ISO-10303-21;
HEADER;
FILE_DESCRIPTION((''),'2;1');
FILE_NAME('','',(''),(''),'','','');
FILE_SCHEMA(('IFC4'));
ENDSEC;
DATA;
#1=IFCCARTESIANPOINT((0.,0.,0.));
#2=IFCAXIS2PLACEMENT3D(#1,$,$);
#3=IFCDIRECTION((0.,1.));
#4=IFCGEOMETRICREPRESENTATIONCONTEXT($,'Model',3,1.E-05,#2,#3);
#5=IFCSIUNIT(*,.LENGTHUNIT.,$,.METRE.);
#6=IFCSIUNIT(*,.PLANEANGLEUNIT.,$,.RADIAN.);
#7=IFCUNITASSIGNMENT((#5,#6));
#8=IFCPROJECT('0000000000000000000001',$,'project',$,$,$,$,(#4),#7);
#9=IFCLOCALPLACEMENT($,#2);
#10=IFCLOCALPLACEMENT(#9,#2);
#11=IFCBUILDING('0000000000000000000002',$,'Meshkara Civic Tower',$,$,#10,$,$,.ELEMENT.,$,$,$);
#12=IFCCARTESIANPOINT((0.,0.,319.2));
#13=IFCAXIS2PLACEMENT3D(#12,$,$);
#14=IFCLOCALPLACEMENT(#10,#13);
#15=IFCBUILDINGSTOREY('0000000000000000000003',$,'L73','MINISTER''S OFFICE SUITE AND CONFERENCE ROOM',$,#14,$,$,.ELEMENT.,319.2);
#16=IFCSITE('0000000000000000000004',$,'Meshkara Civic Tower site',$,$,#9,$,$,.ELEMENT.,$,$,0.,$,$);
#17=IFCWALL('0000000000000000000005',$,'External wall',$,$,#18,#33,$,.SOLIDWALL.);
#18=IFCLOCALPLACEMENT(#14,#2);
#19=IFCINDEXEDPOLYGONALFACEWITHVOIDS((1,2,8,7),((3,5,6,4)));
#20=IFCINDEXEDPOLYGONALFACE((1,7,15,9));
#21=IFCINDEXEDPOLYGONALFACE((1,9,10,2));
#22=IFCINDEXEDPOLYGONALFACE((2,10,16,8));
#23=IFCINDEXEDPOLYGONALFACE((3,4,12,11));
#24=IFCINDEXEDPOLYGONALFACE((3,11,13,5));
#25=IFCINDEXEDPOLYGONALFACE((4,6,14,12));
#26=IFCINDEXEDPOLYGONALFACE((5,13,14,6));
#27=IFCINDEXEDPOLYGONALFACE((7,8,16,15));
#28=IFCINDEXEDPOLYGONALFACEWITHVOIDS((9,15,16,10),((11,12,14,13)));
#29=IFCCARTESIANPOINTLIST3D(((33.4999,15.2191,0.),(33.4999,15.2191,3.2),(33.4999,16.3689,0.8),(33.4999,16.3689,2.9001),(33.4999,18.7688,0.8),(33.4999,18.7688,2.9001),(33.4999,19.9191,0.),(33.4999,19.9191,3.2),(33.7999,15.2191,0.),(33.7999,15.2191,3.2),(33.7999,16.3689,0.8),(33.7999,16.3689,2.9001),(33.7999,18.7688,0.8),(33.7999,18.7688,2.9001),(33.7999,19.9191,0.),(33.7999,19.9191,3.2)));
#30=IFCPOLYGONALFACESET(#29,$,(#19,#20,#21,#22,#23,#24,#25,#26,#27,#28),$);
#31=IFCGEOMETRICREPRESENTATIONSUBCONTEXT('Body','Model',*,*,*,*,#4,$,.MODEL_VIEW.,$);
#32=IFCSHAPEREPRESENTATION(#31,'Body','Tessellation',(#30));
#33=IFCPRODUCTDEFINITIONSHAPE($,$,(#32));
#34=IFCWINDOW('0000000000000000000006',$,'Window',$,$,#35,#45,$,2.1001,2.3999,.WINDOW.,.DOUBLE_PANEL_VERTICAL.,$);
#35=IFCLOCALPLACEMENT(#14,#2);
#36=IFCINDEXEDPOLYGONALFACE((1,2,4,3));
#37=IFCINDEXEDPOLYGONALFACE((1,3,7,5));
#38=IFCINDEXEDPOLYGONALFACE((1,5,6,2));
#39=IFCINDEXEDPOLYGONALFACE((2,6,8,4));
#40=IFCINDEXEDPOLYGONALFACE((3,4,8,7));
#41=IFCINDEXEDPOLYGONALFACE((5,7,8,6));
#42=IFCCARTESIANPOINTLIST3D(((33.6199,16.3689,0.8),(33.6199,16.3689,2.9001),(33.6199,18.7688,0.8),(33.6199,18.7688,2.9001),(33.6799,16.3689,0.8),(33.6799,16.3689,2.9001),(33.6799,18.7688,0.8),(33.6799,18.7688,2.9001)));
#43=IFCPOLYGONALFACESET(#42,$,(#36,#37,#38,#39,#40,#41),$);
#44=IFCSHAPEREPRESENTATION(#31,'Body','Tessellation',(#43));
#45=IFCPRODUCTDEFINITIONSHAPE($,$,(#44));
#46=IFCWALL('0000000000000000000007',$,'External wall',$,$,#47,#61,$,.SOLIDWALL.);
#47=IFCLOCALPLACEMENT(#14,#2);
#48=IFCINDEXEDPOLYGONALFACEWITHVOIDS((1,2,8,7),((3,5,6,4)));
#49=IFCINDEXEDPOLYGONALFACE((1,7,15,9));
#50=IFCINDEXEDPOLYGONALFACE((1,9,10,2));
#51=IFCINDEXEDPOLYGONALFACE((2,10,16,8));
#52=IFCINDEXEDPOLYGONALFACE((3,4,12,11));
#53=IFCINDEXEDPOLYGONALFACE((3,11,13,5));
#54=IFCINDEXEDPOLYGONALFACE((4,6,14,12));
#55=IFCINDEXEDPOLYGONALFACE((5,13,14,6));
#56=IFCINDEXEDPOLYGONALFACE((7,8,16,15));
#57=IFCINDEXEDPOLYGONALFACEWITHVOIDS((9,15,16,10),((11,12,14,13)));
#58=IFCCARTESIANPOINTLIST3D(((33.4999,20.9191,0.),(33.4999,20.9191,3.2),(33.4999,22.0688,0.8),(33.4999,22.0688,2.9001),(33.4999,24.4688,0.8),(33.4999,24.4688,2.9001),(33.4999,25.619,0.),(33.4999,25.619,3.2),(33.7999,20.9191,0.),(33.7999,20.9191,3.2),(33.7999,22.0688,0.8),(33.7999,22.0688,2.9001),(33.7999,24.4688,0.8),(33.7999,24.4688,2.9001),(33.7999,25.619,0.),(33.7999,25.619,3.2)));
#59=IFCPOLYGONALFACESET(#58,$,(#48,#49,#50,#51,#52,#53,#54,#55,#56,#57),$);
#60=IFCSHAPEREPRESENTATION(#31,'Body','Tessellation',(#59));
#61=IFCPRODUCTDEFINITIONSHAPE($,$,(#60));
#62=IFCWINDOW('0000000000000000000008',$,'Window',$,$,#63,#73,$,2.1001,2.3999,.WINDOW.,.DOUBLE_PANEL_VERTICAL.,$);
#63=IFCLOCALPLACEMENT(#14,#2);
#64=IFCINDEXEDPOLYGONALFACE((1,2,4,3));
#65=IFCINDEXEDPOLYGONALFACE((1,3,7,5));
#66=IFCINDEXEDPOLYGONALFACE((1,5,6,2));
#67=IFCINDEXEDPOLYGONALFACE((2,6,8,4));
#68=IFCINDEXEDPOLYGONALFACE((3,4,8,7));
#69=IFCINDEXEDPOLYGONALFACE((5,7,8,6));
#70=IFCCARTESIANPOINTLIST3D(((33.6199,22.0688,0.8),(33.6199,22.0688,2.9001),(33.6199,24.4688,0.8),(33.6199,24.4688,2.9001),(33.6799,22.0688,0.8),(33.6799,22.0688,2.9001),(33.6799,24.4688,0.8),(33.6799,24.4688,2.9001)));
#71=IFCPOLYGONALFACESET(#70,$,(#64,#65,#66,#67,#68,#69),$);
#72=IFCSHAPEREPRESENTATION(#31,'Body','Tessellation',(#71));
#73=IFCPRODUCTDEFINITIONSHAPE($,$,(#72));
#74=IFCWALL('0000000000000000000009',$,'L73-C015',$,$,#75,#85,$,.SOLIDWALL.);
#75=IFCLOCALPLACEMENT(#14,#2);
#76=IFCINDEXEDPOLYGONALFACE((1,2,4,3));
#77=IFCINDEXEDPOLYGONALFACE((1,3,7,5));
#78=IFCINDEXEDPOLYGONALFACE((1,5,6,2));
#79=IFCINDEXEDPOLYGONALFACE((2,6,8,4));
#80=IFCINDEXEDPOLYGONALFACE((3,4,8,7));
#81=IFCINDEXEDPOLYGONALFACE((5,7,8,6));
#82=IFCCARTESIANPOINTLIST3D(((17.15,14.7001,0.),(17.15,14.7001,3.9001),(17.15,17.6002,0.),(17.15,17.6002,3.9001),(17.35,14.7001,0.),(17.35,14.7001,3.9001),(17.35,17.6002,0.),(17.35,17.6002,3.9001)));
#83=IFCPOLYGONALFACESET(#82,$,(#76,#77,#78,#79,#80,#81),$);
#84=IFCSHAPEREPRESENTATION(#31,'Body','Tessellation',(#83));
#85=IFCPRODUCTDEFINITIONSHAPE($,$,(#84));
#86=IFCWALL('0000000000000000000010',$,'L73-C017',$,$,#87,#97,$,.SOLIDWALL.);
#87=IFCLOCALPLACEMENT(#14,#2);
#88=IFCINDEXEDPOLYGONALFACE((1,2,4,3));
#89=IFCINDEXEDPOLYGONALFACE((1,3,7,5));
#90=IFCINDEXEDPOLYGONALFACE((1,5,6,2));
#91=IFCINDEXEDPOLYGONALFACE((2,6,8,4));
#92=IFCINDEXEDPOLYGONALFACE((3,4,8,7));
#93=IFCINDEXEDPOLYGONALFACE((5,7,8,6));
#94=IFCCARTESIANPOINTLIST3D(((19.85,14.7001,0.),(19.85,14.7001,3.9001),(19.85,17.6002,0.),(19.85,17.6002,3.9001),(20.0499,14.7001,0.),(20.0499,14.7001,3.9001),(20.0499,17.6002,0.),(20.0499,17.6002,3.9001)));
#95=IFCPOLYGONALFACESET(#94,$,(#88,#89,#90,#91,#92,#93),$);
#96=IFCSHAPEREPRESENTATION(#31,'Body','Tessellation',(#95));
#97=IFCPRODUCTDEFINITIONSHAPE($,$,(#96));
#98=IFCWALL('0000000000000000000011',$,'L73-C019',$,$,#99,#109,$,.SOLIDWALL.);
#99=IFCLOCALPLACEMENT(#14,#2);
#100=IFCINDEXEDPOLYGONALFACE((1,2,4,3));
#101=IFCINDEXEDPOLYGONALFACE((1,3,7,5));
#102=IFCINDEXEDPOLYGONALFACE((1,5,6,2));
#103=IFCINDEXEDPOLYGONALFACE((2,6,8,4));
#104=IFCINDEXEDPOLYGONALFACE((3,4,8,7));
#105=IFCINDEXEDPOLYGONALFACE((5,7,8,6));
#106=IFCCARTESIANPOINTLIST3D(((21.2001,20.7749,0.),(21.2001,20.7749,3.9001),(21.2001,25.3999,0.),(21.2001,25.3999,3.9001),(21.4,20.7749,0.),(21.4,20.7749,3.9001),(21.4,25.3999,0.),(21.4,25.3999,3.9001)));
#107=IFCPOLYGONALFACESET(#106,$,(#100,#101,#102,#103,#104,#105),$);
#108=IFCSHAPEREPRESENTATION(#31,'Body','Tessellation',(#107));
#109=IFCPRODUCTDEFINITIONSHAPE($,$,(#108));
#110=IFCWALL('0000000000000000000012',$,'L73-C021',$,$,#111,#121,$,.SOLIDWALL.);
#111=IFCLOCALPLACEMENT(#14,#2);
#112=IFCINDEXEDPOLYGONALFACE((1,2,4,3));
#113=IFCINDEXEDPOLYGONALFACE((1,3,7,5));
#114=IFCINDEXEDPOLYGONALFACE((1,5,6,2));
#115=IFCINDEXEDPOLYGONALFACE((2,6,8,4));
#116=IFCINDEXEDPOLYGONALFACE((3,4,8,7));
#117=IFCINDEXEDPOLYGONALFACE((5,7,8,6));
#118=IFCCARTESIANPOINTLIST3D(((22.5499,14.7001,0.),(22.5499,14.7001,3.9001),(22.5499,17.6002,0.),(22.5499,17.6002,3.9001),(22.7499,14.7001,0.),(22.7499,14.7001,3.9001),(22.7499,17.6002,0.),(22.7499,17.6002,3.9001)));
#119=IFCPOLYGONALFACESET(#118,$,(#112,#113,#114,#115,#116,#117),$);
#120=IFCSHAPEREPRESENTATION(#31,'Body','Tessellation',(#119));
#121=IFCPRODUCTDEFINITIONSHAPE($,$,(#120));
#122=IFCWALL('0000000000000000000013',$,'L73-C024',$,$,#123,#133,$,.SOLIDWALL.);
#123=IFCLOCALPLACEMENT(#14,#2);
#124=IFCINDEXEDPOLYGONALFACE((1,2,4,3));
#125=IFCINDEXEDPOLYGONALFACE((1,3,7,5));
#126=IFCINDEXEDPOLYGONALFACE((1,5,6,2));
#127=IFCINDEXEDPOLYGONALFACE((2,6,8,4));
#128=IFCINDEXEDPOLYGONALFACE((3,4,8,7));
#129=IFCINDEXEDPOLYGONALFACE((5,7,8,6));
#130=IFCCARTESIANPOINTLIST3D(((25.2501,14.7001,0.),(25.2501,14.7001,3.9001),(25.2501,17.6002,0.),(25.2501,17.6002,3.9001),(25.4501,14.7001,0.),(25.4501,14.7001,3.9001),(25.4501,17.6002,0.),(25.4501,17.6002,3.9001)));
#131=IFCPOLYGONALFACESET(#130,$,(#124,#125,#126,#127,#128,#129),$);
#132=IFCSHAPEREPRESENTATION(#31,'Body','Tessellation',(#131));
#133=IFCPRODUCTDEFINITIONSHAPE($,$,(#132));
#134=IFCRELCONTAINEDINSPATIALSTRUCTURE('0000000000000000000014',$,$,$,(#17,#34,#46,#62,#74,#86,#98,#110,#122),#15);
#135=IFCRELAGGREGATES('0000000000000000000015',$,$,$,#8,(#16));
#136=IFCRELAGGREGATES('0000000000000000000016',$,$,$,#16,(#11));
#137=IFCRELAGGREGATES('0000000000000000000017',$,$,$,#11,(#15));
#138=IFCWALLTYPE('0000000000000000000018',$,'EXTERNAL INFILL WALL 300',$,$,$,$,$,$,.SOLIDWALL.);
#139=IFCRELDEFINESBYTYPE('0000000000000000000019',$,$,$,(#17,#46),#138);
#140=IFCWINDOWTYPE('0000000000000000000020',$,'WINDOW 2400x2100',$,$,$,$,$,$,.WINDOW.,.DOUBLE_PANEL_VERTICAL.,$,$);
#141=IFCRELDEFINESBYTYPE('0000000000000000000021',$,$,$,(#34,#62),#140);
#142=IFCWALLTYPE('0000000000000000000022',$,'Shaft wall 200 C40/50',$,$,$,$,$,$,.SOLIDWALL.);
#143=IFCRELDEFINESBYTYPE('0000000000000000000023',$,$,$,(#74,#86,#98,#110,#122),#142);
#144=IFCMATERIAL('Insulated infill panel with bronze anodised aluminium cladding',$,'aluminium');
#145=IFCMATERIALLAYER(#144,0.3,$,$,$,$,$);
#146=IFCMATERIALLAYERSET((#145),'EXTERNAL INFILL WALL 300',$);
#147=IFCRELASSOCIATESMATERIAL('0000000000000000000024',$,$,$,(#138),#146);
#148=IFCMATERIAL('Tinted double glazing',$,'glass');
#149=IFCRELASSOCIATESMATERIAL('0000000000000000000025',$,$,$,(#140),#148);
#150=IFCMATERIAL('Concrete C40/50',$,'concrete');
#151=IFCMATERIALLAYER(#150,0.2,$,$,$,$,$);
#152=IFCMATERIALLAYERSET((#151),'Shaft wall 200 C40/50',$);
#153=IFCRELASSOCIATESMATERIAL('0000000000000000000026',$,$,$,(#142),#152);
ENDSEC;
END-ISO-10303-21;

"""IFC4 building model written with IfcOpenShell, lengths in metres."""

from ifc_helpers import new_model, si_unit, direction, frame, frame_2d, origin, place, context, subcontext, project, spatial, rectangle, extrude, material, layer, layer_set, type_object, element, fill, save


model = new_model("IFC4")

# Units and contexts
model_context = context("Model", 3, precision=1e-05, world=origin(), true_north=direction((0.0, 1.0)))
body_context = subcontext(model_context, "Body", "Model", "MODEL_VIEW")
ifc_project = project(units=[si_unit("LENGTHUNIT", "METRE"), si_unit("PLANEANGLEUNIT", "RADIAN")], contexts=[model_context])

# Site, building, storey
site_placement = place(None, origin())
site = spatial("IfcSite", under=ifc_project, at=site_placement, Name="Meshkara Civic Tower site", CompositionType="ELEMENT", RefElevation=0.0)
building_placement = place(site_placement, origin())
building = spatial("IfcBuilding", under=site, at=building_placement, Name="Meshkara Civic Tower", CompositionType="ELEMENT")
storey_placement = place(building_placement, frame((0.0, 0.0, 319.2)))
storey = spatial("IfcBuildingStorey", under=building, at=storey_placement, Name="L73", Description="MINISTER'S OFFICE SUITE AND CONFERENCE ROOM", CompositionType="ELEMENT", Elevation=319.2)

# Walls, openings, windows
ifc_material_1 = material(Name="Insulated infill panel with bronze anodised aluminium cladding", Category="aluminium")
ifc_layer_1 = layer(ifc_material_1, 0.3)
ifc_layer_set_1 = layer_set([ifc_layer_1], Name="EXTERNAL INFILL WALL 300")
wall_type_1 = type_object("IfcWallType", Name="EXTERNAL INFILL WALL 300", PredefinedType="SOLIDWALL", material=ifc_layer_set_1)
ifc_material_2 = material(Name="Tinted double glazing", Category="glass")
window_type = type_object("IfcWindowType", Name="WINDOW 2400x2100", PartitioningType="DOUBLE_PANEL_VERTICAL", PredefinedType="WINDOW", material=ifc_material_2)
wall_1_placement = place(storey_placement, frame((33.6499, 15.219, 0.0), z_axis=(0.0, 0.0, 1.0), x_axis=(0.0, 1.0, 0.0)))
wall_1 = element("IfcWall", 1, at=wall_1_placement, inside=storey, type_object=wall_type_1, Name="External wall", PredefinedType="SOLIDWALL", context=body_context, shape_type="SweptSolid", body=[
    extrude(rectangle(XDim=4.7, YDim=0.3, at=frame_2d((2.3501, 0.0))), origin(), (0.0, 0.0, 1.0), 3.2),
])
opening_1_placement = place(wall_1_placement, frame((1.1499, 0.0, 0.8)))
opening_1 = element("IfcOpeningElement", 2, at=opening_1_placement, cuts=wall_1, PredefinedType="OPENING", context=body_context, shape_type="SweptSolid", body=[
    extrude(rectangle(XDim=2.3999, YDim=2.1001, at=frame_2d((1.2, 1.05))), frame((0.0, 0.1599, 0.0), z_axis=(0.0, -1.0, 0.0), x_axis=(1.0, 0.0, 0.0)), (0.0, 0.0, 1.0), 0.3201),
])
window_1_placement = place(opening_1_placement, origin())
window_1 = element("IfcWindow", 3, at=window_1_placement, inside=storey, type_object=window_type, Name="Window", OverallHeight=2.1001, OverallWidth=2.3999, PartitioningType="DOUBLE_PANEL_VERTICAL", PredefinedType="WINDOW", context=body_context, shape_type="SweptSolid", body=[
    extrude(rectangle(XDim=2.3999, YDim=2.1001, at=frame_2d((1.2, 1.05))), frame((0.0, 0.03, 0.0), z_axis=(0.0, -1.0, 0.0), x_axis=(1.0, 0.0, 0.0)), (0.0, 0.0, 1.0), 0.0601),
])
fill(opening_1, window_1)
wall_2_placement = place(storey_placement, frame((33.6499, 20.9189, 0.0), z_axis=(0.0, 0.0, 1.0), x_axis=(0.0, 1.0, 0.0)))
wall_2 = element("IfcWall", 4, at=wall_2_placement, inside=storey, type_object=wall_type_1, Name="External wall", PredefinedType="SOLIDWALL", context=body_context, shape_type="SweptSolid", body=[
    extrude(rectangle(XDim=4.7, YDim=0.3, at=frame_2d((2.3501, 0.0))), origin(), (0.0, 0.0, 1.0), 3.2),
])
opening_2_placement = place(wall_2_placement, frame((1.1499, 0.0, 0.8)))
opening_2 = element("IfcOpeningElement", 5, at=opening_2_placement, cuts=wall_2, PredefinedType="OPENING", context=body_context, shape_type="SweptSolid", body=[
    extrude(rectangle(XDim=2.3999, YDim=2.1001, at=frame_2d((1.2, 1.05))), frame((0.0, 0.1599, 0.0), z_axis=(0.0, -1.0, 0.0), x_axis=(1.0, 0.0, 0.0)), (0.0, 0.0, 1.0), 0.3201),
])
window_2_placement = place(opening_2_placement, origin())
window_2 = element("IfcWindow", 6, at=window_2_placement, inside=storey, type_object=window_type, Name="Window", OverallHeight=2.1001, OverallWidth=2.3999, PartitioningType="DOUBLE_PANEL_VERTICAL", PredefinedType="WINDOW", context=body_context, shape_type="SweptSolid", body=[
    extrude(rectangle(XDim=2.3999, YDim=2.1001, at=frame_2d((1.2, 1.05))), frame((0.0, 0.03, 0.0), z_axis=(0.0, -1.0, 0.0), x_axis=(1.0, 0.0, 0.0)), (0.0, 0.0, 1.0), 0.0601),
])
fill(opening_2, window_2)

# Walls
ifc_material_3 = material(Name="Concrete C40/50", Category="concrete")
ifc_layer_2 = layer(ifc_material_3, 0.2)
ifc_layer_set_2 = layer_set([ifc_layer_2], Name="Shaft wall 200 C40/50")
wall_type_2 = type_object("IfcWallType", Name="Shaft wall 200 C40/50", PredefinedType="SOLIDWALL", material=ifc_layer_set_2)
for number, where, z_axis, x_axis, name in (
    (7, (17.25, 14.7, 0.0), (0.0, 0.0, 1.0), (0.0, 1.0, 0.0), "L73-C015"),
    (8, (19.95, 14.7, 0.0), (0.0, 0.0, 1.0), (0.0, 1.0, 0.0), "L73-C017"),
):
    element("IfcWall", number, at=place(storey_placement, frame(where, z_axis=z_axis, x_axis=x_axis)), inside=storey, type_object=wall_type_2, Name=name, PredefinedType="SOLIDWALL", context=body_context, shape_type="SweptSolid", body=[
        extrude(rectangle(XDim=2.9001, YDim=0.2, at=frame_2d((1.4502, 0.0))), origin(), (0.0, 0.0, 1.0), 3.9001),
    ])
wall_3_placement = place(storey_placement, frame((21.3, 20.7749, 0.0), z_axis=(0.0, 0.0, 1.0), x_axis=(0.0, 1.0, 0.0)))
element("IfcWall", 9, at=wall_3_placement, inside=storey, type_object=wall_type_2, Name="L73-C019", PredefinedType="SOLIDWALL", context=body_context, shape_type="SweptSolid", body=[
    extrude(rectangle(XDim=4.625, YDim=0.2, at=frame_2d((2.3125, 0.0))), origin(), (0.0, 0.0, 1.0), 3.9001),
])
for number, where, z_axis, x_axis, name in (
    (10, (22.6499, 14.7, 0.0), (0.0, 0.0, 1.0), (0.0, 1.0, 0.0), "L73-C021"),
    (11, (25.3501, 14.7, 0.0), (0.0, 0.0, 1.0), (0.0, 1.0, 0.0), "L73-C024"),
):
    element("IfcWall", number, at=place(storey_placement, frame(where, z_axis=z_axis, x_axis=x_axis)), inside=storey, type_object=wall_type_2, Name=name, PredefinedType="SOLIDWALL", context=body_context, shape_type="SweptSolid", body=[
        extrude(rectangle(XDim=2.9001, YDim=0.2, at=frame_2d((1.4502, 0.0))), origin(), (0.0, 0.0, 1.0), 3.9001),
    ])

save(model, "model.ifc")
